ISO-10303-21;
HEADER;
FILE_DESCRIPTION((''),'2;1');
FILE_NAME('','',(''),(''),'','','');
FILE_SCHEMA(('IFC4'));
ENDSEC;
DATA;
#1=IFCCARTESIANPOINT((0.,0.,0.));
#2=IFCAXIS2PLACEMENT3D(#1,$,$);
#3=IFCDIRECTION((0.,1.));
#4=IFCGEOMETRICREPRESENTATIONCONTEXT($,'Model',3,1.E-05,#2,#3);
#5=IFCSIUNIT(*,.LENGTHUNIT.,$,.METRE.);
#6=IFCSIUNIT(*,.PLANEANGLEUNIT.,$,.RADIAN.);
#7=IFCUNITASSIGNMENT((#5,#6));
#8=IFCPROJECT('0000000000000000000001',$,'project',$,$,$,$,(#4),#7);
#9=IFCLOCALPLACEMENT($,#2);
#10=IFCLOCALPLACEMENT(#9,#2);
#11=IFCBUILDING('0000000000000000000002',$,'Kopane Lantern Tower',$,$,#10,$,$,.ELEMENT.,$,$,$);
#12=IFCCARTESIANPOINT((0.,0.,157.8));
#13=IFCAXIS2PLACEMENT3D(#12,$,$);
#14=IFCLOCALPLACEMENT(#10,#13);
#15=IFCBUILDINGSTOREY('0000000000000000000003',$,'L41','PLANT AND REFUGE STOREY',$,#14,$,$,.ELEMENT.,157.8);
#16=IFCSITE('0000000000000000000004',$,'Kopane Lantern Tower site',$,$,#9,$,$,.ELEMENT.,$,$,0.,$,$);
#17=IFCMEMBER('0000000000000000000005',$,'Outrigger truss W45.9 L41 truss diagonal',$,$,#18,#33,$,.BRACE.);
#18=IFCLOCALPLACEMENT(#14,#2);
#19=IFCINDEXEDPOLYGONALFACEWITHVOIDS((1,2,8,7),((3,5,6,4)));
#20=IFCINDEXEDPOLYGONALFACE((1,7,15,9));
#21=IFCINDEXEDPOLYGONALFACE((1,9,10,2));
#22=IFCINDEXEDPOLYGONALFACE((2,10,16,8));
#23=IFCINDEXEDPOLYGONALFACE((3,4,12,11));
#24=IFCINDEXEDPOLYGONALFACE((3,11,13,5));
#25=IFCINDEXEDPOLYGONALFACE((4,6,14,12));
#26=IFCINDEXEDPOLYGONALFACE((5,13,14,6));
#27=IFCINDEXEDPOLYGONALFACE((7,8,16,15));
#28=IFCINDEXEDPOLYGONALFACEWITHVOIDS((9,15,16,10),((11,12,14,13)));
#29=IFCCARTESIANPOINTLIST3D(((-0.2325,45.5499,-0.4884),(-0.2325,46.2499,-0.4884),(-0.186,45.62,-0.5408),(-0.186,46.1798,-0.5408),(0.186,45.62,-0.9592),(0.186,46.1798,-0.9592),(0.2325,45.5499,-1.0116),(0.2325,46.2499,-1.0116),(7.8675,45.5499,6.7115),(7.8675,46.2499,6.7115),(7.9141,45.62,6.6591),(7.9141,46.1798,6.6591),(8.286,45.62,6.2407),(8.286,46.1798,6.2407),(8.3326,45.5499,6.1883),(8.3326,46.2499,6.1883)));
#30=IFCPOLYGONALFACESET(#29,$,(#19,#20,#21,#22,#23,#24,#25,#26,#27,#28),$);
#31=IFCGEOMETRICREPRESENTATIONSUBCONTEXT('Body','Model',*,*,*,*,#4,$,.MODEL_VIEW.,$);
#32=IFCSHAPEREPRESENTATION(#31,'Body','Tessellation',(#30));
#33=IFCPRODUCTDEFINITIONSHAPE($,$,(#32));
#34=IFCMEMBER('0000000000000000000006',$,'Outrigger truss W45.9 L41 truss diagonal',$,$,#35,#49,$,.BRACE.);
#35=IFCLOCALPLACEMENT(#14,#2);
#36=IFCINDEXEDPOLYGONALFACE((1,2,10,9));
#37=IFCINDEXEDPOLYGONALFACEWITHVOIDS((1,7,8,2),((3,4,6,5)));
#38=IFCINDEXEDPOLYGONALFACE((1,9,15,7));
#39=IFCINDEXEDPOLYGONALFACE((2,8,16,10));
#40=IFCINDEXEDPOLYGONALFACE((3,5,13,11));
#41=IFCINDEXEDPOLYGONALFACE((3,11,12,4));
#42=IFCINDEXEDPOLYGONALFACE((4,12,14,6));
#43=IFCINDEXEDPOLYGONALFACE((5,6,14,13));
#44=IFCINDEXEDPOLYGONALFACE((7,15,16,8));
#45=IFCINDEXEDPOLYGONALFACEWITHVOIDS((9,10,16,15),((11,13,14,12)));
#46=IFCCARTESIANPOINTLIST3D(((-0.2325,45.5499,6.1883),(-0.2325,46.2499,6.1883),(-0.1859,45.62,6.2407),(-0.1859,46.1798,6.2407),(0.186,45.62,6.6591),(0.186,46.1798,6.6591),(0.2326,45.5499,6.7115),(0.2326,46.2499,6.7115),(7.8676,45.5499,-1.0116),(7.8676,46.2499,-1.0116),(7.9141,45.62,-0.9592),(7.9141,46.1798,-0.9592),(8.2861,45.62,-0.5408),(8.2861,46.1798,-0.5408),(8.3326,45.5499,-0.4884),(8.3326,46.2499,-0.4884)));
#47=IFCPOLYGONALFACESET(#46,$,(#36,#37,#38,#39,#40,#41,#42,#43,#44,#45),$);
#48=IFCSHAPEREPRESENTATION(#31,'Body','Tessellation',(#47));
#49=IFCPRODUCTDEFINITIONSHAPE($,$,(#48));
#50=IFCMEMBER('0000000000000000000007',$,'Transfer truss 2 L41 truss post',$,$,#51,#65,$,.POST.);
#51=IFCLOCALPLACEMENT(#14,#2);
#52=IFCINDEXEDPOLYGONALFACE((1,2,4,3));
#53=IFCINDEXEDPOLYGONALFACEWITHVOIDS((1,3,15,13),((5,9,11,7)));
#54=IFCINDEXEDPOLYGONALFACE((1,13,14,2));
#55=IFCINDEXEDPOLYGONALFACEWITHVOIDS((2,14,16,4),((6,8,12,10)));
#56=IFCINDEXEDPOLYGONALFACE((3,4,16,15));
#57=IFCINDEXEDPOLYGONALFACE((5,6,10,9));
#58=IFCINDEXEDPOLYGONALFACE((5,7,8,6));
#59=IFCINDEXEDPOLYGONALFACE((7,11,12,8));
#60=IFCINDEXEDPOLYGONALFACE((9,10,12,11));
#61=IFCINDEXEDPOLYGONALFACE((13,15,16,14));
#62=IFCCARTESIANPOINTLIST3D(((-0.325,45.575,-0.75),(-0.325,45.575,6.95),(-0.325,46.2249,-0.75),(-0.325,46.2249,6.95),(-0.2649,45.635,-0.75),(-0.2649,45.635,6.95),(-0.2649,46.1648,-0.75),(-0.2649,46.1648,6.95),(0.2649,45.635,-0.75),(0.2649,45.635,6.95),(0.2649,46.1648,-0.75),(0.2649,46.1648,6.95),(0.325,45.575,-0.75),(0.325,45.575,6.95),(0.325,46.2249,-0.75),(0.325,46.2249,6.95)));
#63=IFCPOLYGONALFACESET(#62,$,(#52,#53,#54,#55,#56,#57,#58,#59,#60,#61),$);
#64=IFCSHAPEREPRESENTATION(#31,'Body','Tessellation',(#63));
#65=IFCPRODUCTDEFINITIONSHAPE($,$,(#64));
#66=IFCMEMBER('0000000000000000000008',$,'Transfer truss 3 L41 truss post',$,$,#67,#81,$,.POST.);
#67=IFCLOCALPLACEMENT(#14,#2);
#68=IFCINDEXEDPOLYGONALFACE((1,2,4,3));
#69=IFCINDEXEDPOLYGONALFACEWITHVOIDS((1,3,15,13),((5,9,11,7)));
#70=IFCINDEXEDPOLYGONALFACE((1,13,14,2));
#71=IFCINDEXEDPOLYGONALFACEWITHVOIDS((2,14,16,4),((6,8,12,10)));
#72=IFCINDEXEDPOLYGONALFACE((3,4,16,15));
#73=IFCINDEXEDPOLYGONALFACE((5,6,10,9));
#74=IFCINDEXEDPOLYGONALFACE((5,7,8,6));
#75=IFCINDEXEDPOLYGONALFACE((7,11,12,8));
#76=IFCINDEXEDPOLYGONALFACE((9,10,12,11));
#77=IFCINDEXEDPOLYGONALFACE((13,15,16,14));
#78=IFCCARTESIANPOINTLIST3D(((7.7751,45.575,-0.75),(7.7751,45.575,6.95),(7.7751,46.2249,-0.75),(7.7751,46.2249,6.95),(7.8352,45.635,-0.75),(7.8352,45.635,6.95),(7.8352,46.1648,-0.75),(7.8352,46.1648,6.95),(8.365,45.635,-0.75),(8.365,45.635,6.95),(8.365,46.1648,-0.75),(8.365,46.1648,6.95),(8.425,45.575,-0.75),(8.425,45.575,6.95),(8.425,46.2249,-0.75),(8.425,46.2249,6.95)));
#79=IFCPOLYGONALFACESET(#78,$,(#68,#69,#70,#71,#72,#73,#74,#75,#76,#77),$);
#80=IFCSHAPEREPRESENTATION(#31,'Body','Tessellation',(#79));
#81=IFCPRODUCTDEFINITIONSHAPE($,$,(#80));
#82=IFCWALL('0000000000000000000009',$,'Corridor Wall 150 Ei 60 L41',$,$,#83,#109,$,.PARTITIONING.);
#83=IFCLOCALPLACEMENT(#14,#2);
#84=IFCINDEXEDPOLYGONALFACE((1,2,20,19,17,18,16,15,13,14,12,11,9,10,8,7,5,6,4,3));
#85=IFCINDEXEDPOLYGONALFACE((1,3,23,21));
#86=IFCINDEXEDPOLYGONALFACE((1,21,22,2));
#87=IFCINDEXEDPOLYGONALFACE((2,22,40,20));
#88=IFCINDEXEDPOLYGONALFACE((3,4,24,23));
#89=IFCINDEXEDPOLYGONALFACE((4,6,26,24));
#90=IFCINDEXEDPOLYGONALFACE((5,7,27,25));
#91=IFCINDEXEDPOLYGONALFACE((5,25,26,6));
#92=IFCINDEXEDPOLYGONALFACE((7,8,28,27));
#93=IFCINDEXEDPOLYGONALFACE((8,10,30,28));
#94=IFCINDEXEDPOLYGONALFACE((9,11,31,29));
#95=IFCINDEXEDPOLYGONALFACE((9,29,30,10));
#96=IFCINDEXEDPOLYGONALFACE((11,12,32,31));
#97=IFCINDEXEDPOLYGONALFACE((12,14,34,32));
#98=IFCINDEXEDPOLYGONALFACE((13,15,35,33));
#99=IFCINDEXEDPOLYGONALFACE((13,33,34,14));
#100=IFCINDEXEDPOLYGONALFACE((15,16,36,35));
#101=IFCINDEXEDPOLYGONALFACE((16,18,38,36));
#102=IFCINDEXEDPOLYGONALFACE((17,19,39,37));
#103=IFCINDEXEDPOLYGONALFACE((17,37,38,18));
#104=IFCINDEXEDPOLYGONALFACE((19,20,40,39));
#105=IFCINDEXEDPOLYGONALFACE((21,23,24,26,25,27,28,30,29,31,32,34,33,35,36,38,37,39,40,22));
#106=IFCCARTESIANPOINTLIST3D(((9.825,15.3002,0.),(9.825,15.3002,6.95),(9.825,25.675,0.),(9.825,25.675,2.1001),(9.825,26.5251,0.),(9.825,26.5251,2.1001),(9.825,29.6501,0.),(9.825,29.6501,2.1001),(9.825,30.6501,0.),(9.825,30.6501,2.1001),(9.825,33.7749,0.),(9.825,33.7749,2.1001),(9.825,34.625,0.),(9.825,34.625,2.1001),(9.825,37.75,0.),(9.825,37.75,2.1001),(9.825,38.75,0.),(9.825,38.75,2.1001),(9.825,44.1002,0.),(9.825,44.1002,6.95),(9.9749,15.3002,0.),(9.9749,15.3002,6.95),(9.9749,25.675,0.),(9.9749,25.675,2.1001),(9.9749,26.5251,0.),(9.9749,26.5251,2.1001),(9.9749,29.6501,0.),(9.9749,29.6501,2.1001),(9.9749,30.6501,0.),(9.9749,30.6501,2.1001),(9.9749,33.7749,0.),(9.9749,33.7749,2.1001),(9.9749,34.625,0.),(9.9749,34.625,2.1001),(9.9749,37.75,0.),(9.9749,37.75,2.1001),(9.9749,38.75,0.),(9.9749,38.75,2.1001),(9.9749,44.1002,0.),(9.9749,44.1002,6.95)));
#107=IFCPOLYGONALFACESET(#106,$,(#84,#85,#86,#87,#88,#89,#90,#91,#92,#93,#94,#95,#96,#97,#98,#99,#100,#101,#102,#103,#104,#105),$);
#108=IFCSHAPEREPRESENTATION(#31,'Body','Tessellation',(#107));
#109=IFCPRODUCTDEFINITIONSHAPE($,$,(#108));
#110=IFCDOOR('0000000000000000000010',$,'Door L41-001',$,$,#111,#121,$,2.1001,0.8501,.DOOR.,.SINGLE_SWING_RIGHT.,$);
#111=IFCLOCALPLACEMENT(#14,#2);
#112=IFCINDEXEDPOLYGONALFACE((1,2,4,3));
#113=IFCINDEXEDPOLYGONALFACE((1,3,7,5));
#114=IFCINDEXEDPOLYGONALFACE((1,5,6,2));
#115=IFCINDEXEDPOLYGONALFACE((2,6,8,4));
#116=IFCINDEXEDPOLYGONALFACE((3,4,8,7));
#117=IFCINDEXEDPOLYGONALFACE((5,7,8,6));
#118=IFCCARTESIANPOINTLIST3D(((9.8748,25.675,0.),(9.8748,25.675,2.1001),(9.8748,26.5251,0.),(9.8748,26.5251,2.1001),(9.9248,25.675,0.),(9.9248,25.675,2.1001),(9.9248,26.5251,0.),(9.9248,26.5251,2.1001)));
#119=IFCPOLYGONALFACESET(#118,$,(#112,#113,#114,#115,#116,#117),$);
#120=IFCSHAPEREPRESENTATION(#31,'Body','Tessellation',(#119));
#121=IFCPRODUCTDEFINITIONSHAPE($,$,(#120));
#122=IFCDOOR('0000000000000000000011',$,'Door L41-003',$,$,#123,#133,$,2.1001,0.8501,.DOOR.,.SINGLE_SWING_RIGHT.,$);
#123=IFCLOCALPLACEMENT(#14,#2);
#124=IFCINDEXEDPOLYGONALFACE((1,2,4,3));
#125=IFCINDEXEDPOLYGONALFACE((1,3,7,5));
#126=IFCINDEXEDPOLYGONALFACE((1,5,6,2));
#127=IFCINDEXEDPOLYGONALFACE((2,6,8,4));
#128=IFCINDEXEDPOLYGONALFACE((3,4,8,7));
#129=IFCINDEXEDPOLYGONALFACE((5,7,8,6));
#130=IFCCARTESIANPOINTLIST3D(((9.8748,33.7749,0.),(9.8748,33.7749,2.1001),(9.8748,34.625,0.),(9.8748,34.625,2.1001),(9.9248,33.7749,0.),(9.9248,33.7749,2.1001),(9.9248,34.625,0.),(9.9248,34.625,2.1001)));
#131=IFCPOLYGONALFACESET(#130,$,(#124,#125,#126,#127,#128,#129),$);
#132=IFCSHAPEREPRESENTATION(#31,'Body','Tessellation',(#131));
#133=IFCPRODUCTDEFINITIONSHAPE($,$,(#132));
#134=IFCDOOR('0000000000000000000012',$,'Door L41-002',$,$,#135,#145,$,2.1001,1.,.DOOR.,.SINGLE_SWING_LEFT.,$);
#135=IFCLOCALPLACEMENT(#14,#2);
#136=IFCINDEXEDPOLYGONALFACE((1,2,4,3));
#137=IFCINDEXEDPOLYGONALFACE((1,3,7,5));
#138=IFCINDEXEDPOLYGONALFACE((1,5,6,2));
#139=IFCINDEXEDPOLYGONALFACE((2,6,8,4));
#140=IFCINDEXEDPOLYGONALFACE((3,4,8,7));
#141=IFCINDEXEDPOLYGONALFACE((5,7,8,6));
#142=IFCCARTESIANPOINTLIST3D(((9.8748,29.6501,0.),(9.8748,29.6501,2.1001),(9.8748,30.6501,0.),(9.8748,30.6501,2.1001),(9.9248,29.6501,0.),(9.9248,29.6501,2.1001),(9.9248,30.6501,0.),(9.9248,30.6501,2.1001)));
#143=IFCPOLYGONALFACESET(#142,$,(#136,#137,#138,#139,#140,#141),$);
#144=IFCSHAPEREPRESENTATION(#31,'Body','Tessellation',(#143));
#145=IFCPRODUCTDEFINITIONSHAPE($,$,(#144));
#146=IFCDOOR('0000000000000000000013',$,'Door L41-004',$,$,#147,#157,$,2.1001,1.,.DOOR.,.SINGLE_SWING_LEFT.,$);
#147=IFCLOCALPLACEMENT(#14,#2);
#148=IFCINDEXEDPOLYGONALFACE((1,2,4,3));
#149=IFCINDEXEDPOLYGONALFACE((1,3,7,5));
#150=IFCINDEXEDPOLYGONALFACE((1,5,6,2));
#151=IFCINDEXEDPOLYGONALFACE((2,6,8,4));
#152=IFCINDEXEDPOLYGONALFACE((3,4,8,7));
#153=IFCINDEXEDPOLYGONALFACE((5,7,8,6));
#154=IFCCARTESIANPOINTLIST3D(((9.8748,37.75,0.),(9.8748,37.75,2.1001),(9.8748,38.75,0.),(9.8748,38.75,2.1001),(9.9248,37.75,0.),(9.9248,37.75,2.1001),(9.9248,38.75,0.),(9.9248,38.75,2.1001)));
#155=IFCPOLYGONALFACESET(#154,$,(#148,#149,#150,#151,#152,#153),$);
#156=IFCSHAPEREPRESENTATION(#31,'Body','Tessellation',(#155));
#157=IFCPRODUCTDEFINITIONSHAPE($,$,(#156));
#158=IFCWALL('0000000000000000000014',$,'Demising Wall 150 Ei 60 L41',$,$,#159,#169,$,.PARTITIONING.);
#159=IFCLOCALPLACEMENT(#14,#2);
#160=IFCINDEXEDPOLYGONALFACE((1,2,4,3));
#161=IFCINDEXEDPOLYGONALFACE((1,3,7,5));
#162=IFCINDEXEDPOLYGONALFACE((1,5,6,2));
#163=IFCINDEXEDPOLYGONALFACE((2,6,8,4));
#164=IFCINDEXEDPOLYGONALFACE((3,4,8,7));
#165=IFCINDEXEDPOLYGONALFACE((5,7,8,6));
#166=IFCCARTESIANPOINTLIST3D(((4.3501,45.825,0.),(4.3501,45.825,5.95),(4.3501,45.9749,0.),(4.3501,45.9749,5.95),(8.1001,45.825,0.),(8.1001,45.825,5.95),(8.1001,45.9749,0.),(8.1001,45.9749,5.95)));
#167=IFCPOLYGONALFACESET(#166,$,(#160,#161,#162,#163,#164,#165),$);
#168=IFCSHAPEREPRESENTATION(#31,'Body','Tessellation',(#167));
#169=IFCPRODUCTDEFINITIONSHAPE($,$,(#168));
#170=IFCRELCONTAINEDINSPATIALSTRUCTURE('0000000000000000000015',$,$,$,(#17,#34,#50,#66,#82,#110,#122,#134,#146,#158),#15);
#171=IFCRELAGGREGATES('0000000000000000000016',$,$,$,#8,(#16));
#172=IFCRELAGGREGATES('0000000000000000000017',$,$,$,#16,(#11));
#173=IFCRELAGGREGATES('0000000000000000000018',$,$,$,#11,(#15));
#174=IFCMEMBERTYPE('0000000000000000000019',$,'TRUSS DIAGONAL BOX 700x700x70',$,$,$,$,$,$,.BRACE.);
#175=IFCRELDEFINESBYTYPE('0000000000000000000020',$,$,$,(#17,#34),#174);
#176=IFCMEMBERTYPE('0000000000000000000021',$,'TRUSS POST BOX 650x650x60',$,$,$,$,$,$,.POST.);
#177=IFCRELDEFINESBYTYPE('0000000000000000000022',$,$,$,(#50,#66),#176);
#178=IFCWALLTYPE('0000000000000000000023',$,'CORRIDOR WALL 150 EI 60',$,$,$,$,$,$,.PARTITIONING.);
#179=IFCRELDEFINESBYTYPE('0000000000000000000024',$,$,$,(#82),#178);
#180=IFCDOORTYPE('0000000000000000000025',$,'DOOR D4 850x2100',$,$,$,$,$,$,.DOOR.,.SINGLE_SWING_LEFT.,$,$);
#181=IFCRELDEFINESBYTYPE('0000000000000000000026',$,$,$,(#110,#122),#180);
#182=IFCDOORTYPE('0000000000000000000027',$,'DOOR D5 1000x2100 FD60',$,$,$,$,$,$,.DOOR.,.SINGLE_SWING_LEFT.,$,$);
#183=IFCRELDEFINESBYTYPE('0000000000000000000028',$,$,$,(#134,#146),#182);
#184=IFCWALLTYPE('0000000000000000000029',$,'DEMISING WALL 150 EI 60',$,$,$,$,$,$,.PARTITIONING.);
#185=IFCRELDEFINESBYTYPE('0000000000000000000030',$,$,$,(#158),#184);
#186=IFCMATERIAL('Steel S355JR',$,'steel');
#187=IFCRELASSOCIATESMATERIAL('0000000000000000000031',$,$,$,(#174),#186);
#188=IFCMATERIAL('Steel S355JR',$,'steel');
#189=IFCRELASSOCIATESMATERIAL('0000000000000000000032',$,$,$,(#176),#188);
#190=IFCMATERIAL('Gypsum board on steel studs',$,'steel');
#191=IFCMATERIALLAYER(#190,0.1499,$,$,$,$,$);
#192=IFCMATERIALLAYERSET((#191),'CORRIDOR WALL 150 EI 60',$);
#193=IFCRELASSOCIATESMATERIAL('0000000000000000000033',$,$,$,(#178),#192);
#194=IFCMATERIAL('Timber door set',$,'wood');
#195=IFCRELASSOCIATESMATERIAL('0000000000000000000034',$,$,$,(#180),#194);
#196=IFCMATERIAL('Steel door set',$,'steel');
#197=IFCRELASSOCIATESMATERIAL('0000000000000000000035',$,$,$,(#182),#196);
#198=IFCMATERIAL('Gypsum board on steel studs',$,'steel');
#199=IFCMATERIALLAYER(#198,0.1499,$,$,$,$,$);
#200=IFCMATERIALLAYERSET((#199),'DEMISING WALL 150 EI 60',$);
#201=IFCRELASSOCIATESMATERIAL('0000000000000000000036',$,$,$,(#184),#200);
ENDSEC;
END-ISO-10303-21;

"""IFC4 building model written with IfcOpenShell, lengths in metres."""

from ifc_helpers import new_model, si_unit, direction, frame, frame_2d, origin, origin_2d, place, context, subcontext, project, spatial, rectangle, hollow_rectangle, extrude, material, layer, layer_set, material_profile, profile_set, type_object, element, fill, save


model = new_model("IFC4")

# Units and contexts
model_context = context("Model", 3, precision=1e-05, world=origin(), true_north=direction((0.0, 1.0)))
body_context = subcontext(model_context, "Body", "Model", "MODEL_VIEW")
ifc_project = project(units=[si_unit("LENGTHUNIT", "METRE"), si_unit("PLANEANGLEUNIT", "RADIAN")], contexts=[model_context])

# Site, building, storey
site_placement = place(None, origin())
site = spatial("IfcSite", under=ifc_project, at=site_placement, Name="Kopane Lantern Tower site", CompositionType="ELEMENT", RefElevation=0.0)
building_placement = place(site_placement, origin())
building = spatial("IfcBuilding", under=site, at=building_placement, Name="Kopane Lantern Tower", CompositionType="ELEMENT")
storey_placement = place(building_placement, frame((0.0, 0.0, 157.8)))
storey = spatial("IfcBuildingStorey", under=building, at=storey_placement, Name="L41", Description="PLANT AND REFUGE STOREY", CompositionType="ELEMENT", Elevation=157.8)

# Members
ifc_material_1 = material(Name="Steel S355JR", Category="steel")
ifc_material_profile_1 = material_profile(ifc_material_1, hollow_rectangle(XDim=0.7, YDim=0.7, WallThickness=0.0701, at=origin_2d()), Name="BOX 700x700x70")
ifc_profile_set_1 = profile_set([ifc_material_profile_1], Name="Steel S355JR")
member_type_1 = type_object("IfcMemberType", Name="TRUSS DIAGONAL BOX 700x700x70", PredefinedType="BRACE", material=ifc_profile_set_1)
for number, where, z_axis, x_axis, name in (
    (1, (0.0, 45.8999, -0.75), (0.747416, 0.0, 0.664357), (0.0, 1.0, 0.0), "Outrigger truss W45.9 L41 truss diagonal"),
    (2, (8.1001, 45.8999, -0.75), (-0.747416, 0.0, 0.664357), (0.0, -1.0, 0.0), "Outrigger truss W45.9 L41 truss diagonal"),
):
    element("IfcMember", number, at=place(storey_placement, frame(where, z_axis=z_axis, x_axis=x_axis)), inside=storey, type_object=member_type_1, Name=name, PredefinedType="BRACE", context=body_context, shape_type="SweptSolid", body=[
        extrude(hollow_rectangle(XDim=0.7, YDim=0.7, WallThickness=0.0701, at=origin_2d()), origin(), (0.0, 0.0, 1.0), 10.8374),
    ])
ifc_material_2 = material(Name="Steel S355JR", Category="steel")
ifc_material_profile_2 = material_profile(ifc_material_2, hollow_rectangle(XDim=0.6499, YDim=0.6499, WallThickness=0.0601, at=origin_2d()), Name="BOX 650x650x60")
ifc_profile_set_2 = profile_set([ifc_material_profile_2], Name="Steel S355JR")
member_type_2 = type_object("IfcMemberType", Name="TRUSS POST BOX 650x650x60", PredefinedType="POST", material=ifc_profile_set_2)
for number, where, z_axis, x_axis, name in (
    (3, (0.0, 45.8999, -0.75), (0.0, 0.0, 1.0), (1.0, 0.0, 0.0), "Transfer truss 2 L41 truss post"),
    (4, (8.1001, 45.8999, -0.75), (0.0, 0.0, 1.0), (1.0, 0.0, 0.0), "Transfer truss 3 L41 truss post"),
):
    element("IfcMember", number, at=place(storey_placement, frame(where, z_axis=z_axis, x_axis=x_axis)), inside=storey, type_object=member_type_2, Name=name, PredefinedType="POST", context=body_context, shape_type="SweptSolid", body=[
        extrude(hollow_rectangle(XDim=0.6499, YDim=0.6499, WallThickness=0.0601, at=origin_2d()), origin(), (0.0, 0.0, 1.0), 7.7),
    ])

# Wall, openings, doors
ifc_material_3 = material(Name="Gypsum board on steel studs", Category="steel")
ifc_layer_1 = layer(ifc_material_3, 0.1499)
ifc_layer_set_1 = layer_set([ifc_layer_1], Name="CORRIDOR WALL 150 EI 60")
wall_type_1 = type_object("IfcWallType", Name="CORRIDOR WALL 150 EI 60", PredefinedType="PARTITIONING", material=ifc_layer_set_1)
wall_1_placement = place(storey_placement, frame((9.8999, 44.1001, 0.0), z_axis=(0.0, 0.0, 1.0), x_axis=(0.0, -1.0, 0.0)))
wall_1 = element("IfcWall", 5, at=wall_1_placement, inside=storey, type_object=wall_type_1, Name="Corridor Wall 150 Ei 60 L41", PredefinedType="PARTITIONING", context=body_context, shape_type="SweptSolid", body=[
    extrude(rectangle(XDim=28.8, YDim=0.1499, at=frame_2d((14.3999, 0.0))), origin(), (0.0, 0.0, 1.0), 6.95),
])
opening_1_placement = place(wall_1_placement, frame((17.575, 0.0, 0.0)))
opening_1 = element("IfcOpeningElement", 6, at=opening_1_placement, cuts=wall_1, PredefinedType="OPENING", context=body_context, shape_type="SweptSolid", body=[
    extrude(rectangle(XDim=0.8501, YDim=2.1001, at=frame_2d((0.425, 1.05))), frame((0.0, 0.085, 0.0), z_axis=(0.0, -1.0, 0.0), x_axis=(1.0, 0.0, 0.0)), (0.0, 0.0, 1.0), 0.1699),
])
opening_2_placement = place(wall_1_placement, frame((13.45, 0.0, 0.0)))
opening_2 = element("IfcOpeningElement", 7, at=opening_2_placement, cuts=wall_1, PredefinedType="OPENING", context=body_context, shape_type="SweptSolid", body=[
    extrude(rectangle(XDim=1.0, YDim=2.1001, at=frame_2d((0.5, 1.05))), frame((0.0, 0.085, 0.0), z_axis=(0.0, -1.0, 0.0), x_axis=(1.0, 0.0, 0.0)), (0.0, 0.0, 1.0), 0.1699),
])
opening_3_placement = place(wall_1_placement, frame((9.4751, 0.0, 0.0)))
opening_3 = element("IfcOpeningElement", 8, at=opening_3_placement, cuts=wall_1, PredefinedType="OPENING", context=body_context, shape_type="SweptSolid", body=[
    extrude(rectangle(XDim=0.8501, YDim=2.1001, at=frame_2d((0.425, 1.05))), frame((0.0, 0.085, 0.0), z_axis=(0.0, -1.0, 0.0), x_axis=(1.0, 0.0, 0.0)), (0.0, 0.0, 1.0), 0.1699),
])
opening_4_placement = place(wall_1_placement, frame((5.3501, 0.0, 0.0)))
opening_4 = element("IfcOpeningElement", 9, at=opening_4_placement, cuts=wall_1, PredefinedType="OPENING", context=body_context, shape_type="SweptSolid", body=[
    extrude(rectangle(XDim=1.0, YDim=2.1001, at=frame_2d((0.5, 1.05))), frame((0.0, 0.085, 0.0), z_axis=(0.0, -1.0, 0.0), x_axis=(1.0, 0.0, 0.0)), (0.0, 0.0, 1.0), 0.1699),
])
ifc_material_4 = material(Name="Timber door set", Category="wood")
door_type_1 = type_object("IfcDoorType", Name="DOOR D4 850x2100", OperationType="SINGLE_SWING_LEFT", PredefinedType="DOOR", material=ifc_material_4)
door_1_placement = place(opening_1_placement, origin())
door_1 = element("IfcDoor", 10, at=door_1_placement, inside=storey, type_object=door_type_1, Name="Door L41-001", OperationType="SINGLE_SWING_RIGHT", OverallHeight=2.1001, OverallWidth=0.8501, PredefinedType="DOOR", context=body_context, shape_type="SweptSolid", body=[
    extrude(rectangle(XDim=0.8501, YDim=2.1001, at=frame_2d((0.425, 1.05))), frame((0.0, 0.0249, 0.0), z_axis=(0.0, -1.0, 0.0), x_axis=(1.0, 0.0, 0.0)), (0.0, 0.0, 1.0), 0.05),
])
fill(opening_1, door_1)
door_2_placement = place(opening_3_placement, origin())
door_2 = element("IfcDoor", 11, at=door_2_placement, inside=storey, type_object=door_type_1, Name="Door L41-003", OperationType="SINGLE_SWING_RIGHT", OverallHeight=2.1001, OverallWidth=0.8501, PredefinedType="DOOR", context=body_context, shape_type="SweptSolid", body=[
    extrude(rectangle(XDim=0.8501, YDim=2.1001, at=frame_2d((0.425, 1.05))), frame((0.0, 0.0249, 0.0), z_axis=(0.0, -1.0, 0.0), x_axis=(1.0, 0.0, 0.0)), (0.0, 0.0, 1.0), 0.05),
])
fill(opening_3, door_2)
ifc_material_5 = material(Name="Steel door set", Category="steel")
door_type_2 = type_object("IfcDoorType", Name="DOOR D5 1000x2100 FD60", OperationType="SINGLE_SWING_LEFT", PredefinedType="DOOR", material=ifc_material_5)
door_3_placement = place(opening_2_placement, origin())
door_3 = element("IfcDoor", 12, at=door_3_placement, inside=storey, type_object=door_type_2, Name="Door L41-002", OperationType="SINGLE_SWING_LEFT", OverallHeight=2.1001, OverallWidth=1.0, PredefinedType="DOOR", context=body_context, shape_type="SweptSolid", body=[
    extrude(rectangle(XDim=1.0, YDim=2.1001, at=frame_2d((0.5, 1.05))), frame((0.0, 0.0249, 0.0), z_axis=(0.0, -1.0, 0.0), x_axis=(1.0, 0.0, 0.0)), (0.0, 0.0, 1.0), 0.05),
])
fill(opening_2, door_3)
door_4_placement = place(opening_4_placement, origin())
door_4 = element("IfcDoor", 13, at=door_4_placement, inside=storey, type_object=door_type_2, Name="Door L41-004", OperationType="SINGLE_SWING_LEFT", OverallHeight=2.1001, OverallWidth=1.0, PredefinedType="DOOR", context=body_context, shape_type="SweptSolid", body=[
    extrude(rectangle(XDim=1.0, YDim=2.1001, at=frame_2d((0.5, 1.05))), frame((0.0, 0.0249, 0.0), z_axis=(0.0, -1.0, 0.0), x_axis=(1.0, 0.0, 0.0)), (0.0, 0.0, 1.0), 0.05),
])
fill(opening_4, door_4)

# Wall
ifc_material_6 = material(Name="Gypsum board on steel studs", Category="steel")
ifc_layer_2 = layer(ifc_material_6, 0.1499)
ifc_layer_set_2 = layer_set([ifc_layer_2], Name="DEMISING WALL 150 EI 60")
wall_type_2 = type_object("IfcWallType", Name="DEMISING WALL 150 EI 60", PredefinedType="PARTITIONING", material=ifc_layer_set_2)
wall_2_placement = place(storey_placement, frame((4.3501, 45.8999, 0.0), z_axis=(0.0, 0.0, 1.0), x_axis=(1.0, 0.0, 0.0)))
element("IfcWall", 14, at=wall_2_placement, inside=storey, type_object=wall_type_2, Name="Demising Wall 150 Ei 60 L41", PredefinedType="PARTITIONING", context=body_context, shape_type="SweptSolid", body=[
    extrude(rectangle(XDim=3.75, YDim=0.1499, at=frame_2d((1.875, 0.0))), origin(), (0.0, 0.0, 1.0), 5.95),
])

save(model, "model.ifc")
